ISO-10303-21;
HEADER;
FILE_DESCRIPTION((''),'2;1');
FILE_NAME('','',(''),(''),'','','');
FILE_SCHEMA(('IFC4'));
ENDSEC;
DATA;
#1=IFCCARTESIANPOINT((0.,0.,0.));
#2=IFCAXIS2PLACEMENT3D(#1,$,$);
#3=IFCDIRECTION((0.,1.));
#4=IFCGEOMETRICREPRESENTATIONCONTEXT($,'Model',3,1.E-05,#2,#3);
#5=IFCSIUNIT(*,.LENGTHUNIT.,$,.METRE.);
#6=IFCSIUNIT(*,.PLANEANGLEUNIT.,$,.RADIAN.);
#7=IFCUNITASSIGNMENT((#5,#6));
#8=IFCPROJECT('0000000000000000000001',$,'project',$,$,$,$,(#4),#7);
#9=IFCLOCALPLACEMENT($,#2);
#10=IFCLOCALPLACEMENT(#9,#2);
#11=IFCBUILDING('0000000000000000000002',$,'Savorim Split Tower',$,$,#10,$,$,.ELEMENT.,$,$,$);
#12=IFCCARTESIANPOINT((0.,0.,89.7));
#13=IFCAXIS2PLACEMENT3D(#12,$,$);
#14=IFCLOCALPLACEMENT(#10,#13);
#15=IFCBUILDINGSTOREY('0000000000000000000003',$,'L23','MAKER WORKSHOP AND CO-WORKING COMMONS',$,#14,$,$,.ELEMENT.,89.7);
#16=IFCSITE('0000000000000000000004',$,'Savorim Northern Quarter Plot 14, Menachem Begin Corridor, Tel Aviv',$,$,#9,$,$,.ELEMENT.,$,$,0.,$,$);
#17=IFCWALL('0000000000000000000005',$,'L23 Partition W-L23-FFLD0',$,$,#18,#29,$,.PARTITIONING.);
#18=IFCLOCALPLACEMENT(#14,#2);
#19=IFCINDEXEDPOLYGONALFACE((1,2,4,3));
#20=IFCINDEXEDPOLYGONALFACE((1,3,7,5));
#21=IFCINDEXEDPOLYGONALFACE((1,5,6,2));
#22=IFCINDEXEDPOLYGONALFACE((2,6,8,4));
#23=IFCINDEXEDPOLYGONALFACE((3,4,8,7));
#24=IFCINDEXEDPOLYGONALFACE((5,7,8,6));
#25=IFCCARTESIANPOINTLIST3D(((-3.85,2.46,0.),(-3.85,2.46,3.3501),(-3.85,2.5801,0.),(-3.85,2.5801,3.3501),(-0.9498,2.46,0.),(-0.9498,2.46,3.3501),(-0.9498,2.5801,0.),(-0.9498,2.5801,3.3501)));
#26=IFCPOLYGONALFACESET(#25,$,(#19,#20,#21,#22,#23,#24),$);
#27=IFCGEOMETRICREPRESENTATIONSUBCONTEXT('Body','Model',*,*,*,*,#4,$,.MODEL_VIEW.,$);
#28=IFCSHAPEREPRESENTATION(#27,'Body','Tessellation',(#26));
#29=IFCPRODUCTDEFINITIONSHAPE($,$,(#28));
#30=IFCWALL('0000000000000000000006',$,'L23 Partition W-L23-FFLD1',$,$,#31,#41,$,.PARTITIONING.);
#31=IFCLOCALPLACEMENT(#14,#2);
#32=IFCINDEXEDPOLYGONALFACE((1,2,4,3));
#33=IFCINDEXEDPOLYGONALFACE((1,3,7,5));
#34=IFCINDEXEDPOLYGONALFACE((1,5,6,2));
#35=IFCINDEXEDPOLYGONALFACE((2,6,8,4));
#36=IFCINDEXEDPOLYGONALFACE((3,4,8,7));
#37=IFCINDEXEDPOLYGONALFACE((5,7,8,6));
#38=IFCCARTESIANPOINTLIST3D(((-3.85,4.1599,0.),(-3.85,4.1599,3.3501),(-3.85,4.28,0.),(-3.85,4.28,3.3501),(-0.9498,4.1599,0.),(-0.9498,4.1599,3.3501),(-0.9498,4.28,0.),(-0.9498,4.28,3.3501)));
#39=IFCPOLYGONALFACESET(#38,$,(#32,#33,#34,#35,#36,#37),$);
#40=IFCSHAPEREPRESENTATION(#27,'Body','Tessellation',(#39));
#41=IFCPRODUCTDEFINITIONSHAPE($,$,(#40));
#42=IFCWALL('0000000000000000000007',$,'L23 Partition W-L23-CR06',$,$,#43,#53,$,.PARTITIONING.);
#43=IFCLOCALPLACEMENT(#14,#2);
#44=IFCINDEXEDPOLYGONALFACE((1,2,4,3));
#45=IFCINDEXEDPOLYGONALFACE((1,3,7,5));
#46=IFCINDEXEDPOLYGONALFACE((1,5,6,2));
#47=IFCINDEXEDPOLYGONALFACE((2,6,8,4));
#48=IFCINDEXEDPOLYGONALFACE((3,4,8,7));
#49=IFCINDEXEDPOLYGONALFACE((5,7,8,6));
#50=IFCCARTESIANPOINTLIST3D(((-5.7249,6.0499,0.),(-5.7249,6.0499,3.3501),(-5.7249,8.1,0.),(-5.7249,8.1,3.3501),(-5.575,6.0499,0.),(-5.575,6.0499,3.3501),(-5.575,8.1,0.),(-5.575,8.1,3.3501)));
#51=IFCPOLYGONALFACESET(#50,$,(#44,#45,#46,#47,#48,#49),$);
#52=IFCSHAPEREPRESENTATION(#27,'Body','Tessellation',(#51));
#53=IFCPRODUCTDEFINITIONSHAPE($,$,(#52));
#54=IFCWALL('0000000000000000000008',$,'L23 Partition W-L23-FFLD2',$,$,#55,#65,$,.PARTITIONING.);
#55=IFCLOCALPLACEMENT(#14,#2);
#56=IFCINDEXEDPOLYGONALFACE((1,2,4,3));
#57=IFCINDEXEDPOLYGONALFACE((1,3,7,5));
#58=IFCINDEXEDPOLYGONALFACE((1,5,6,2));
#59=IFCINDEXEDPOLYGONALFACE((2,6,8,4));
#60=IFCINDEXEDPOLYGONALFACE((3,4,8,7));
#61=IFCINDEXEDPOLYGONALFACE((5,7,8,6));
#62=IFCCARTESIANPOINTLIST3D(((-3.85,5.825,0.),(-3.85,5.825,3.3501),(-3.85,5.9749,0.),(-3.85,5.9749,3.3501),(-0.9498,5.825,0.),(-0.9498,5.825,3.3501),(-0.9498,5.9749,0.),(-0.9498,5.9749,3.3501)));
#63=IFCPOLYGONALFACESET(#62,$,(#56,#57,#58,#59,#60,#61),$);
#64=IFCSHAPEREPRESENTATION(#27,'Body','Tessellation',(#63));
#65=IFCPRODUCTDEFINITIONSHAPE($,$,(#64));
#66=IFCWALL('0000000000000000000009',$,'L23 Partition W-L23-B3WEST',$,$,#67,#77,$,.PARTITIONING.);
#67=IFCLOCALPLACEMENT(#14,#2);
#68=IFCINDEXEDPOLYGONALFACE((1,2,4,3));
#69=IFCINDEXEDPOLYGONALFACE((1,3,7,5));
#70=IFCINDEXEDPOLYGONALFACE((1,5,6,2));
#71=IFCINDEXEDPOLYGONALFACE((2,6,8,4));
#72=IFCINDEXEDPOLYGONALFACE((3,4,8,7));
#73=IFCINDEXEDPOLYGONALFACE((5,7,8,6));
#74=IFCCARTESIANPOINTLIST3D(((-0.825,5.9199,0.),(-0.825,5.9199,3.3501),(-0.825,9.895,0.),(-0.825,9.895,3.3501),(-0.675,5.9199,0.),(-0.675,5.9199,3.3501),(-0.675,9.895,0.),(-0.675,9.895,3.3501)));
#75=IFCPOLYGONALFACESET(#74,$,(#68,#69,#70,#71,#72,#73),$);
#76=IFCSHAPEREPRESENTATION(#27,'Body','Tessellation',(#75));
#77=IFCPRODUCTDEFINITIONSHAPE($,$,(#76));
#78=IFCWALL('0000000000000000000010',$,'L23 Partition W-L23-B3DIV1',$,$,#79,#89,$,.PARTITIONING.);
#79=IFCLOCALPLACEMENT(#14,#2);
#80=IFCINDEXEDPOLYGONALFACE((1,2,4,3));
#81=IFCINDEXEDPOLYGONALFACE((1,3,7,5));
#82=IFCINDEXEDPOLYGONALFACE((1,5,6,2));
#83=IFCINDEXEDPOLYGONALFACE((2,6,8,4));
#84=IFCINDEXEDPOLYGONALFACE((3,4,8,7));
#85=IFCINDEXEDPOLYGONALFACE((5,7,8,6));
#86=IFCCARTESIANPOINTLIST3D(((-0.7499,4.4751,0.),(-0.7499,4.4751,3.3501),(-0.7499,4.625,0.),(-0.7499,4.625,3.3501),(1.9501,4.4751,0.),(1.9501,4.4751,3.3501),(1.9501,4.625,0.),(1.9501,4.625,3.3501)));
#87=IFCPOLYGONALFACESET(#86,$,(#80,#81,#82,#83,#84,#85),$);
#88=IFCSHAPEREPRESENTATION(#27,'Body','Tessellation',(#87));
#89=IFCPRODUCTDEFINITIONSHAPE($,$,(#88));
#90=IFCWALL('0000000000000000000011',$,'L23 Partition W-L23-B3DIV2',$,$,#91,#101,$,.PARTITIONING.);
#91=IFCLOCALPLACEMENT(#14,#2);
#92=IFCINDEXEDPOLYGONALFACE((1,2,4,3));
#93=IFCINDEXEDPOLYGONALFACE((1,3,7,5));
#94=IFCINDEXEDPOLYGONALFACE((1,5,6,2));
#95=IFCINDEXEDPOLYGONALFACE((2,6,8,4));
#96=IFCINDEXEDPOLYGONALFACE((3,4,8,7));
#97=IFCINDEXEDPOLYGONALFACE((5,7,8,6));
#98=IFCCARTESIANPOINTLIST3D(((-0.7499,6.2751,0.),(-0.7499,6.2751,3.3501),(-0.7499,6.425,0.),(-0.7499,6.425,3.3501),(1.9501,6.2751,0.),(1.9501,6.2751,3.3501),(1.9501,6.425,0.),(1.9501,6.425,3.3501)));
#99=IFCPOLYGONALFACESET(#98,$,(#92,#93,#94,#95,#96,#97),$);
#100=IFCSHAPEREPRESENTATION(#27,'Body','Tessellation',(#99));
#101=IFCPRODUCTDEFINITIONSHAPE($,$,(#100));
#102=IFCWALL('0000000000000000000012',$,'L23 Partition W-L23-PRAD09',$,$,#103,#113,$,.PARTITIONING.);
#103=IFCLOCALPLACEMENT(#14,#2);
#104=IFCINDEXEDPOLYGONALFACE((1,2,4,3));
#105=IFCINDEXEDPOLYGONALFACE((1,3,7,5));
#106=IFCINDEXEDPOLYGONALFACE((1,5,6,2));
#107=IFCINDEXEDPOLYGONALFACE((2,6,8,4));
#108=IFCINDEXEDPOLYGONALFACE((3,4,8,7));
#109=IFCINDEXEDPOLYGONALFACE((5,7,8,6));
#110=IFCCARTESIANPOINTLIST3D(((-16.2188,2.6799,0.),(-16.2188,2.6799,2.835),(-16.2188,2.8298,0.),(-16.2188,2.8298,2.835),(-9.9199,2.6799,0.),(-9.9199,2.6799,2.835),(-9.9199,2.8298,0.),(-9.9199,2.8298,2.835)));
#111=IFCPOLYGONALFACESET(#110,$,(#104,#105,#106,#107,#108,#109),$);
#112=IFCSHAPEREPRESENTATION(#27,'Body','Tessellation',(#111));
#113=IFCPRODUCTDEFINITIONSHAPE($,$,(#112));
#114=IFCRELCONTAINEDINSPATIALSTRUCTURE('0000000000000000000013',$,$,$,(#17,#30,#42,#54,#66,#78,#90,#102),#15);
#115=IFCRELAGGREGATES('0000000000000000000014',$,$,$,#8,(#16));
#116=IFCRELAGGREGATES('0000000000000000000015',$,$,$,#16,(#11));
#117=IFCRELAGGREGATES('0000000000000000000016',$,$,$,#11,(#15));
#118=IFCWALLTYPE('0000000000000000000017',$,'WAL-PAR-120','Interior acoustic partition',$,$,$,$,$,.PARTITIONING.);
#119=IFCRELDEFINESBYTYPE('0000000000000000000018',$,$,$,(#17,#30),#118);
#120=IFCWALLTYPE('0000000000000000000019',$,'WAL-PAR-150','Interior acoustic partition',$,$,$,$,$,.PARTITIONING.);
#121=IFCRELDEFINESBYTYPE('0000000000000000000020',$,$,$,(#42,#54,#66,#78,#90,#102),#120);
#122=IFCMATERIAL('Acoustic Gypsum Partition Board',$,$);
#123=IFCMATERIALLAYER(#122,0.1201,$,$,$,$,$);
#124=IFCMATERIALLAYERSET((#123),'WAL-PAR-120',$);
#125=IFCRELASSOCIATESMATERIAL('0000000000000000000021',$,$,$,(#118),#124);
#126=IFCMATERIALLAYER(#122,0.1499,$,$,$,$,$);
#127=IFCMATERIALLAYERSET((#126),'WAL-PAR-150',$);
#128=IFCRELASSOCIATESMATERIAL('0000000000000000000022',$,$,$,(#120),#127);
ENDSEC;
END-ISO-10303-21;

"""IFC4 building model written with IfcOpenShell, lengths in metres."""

from ifc_helpers import new_model, si_unit, direction, frame, frame_2d, origin, place, context, subcontext, project, spatial, rectangle, extrude, material, layer, layer_set, type_object, element, save


model = new_model("IFC4")

# Units and contexts
model_context = context("Model", 3, precision=1e-05, world=origin(), true_north=direction((0.0, 1.0)))
body_context = subcontext(model_context, "Body", "Model", "MODEL_VIEW")
ifc_project = project(units=[si_unit("LENGTHUNIT", "METRE"), si_unit("PLANEANGLEUNIT", "RADIAN")], contexts=[model_context])

# Site, building, storey
site_placement = place(None, origin())
site = spatial("IfcSite", under=ifc_project, at=site_placement, Name="Savorim Northern Quarter Plot 14, Menachem Begin Corridor, Tel Aviv", CompositionType="ELEMENT", RefElevation=0.0)
building_placement = place(site_placement, origin())
building = spatial("IfcBuilding", under=site, at=building_placement, Name="Savorim Split Tower", CompositionType="ELEMENT")
storey_placement = place(building_placement, frame((0.0, 0.0, 89.7)))
storey = spatial("IfcBuildingStorey", under=building, at=storey_placement, Name="L23", Description="MAKER WORKSHOP AND CO-WORKING COMMONS", CompositionType="ELEMENT", Elevation=89.7)

# Walls
ifc_material_1 = material(Name="Acoustic Gypsum Partition Board")
ifc_layer_1 = layer(ifc_material_1, 0.1201)
ifc_layer_set_1 = layer_set([ifc_layer_1], Name="WAL-PAR-120")
wall_type_1 = type_object("IfcWallType", Name="WAL-PAR-120", Description="Interior acoustic partition", PredefinedType="PARTITIONING", material=ifc_layer_set_1)
for number, where, z_axis, x_axis, name in (
    (1, (-3.8501, 2.52, 0.0), (0.0, 0.0, 1.0), (1.0, 0.0, 0.0), "L23 Partition W-L23-FFLD0"),
    (2, (-3.8501, 4.22, 0.0), (0.0, 0.0, 1.0), (1.0, 0.0, 0.0), "L23 Partition W-L23-FFLD1"),
):
    element("IfcWall", number, at=place(storey_placement, frame(where, z_axis=z_axis, x_axis=x_axis)), inside=storey, type_object=wall_type_1, Name=name, PredefinedType="PARTITIONING", context=body_context, shape_type="SweptSolid", body=[
        extrude(rectangle(XDim=2.9001, YDim=0.1201, at=frame_2d((1.4502, 0.0))), origin(), (0.0, 0.0, 1.0), 3.3501),
    ])
ifc_layer_2 = layer(ifc_material_1, 0.1499)
ifc_layer_set_2 = layer_set([ifc_layer_2], Name="WAL-PAR-150")
wall_type_2 = type_object("IfcWallType", Name="WAL-PAR-150", Description="Interior acoustic partition", PredefinedType="PARTITIONING", material=ifc_layer_set_2)
wall_1_placement = place(storey_placement, frame((-5.6499, 6.05, 0.0), z_axis=(0.0, 0.0, 1.0), x_axis=(0.0, 1.0, 0.0)))
element("IfcWall", 3, at=wall_1_placement, inside=storey, type_object=wall_type_2, Name="L23 Partition W-L23-CR06", PredefinedType="PARTITIONING", context=body_context, shape_type="SweptSolid", body=[
    extrude(rectangle(XDim=2.05, YDim=0.1499, at=frame_2d((1.0249, 0.0))), origin(), (0.0, 0.0, 1.0), 3.3501),
])
wall_2_placement = place(storey_placement, frame((-3.8501, 5.8999, 0.0), z_axis=(0.0, 0.0, 1.0), x_axis=(1.0, 0.0, 0.0)))
element("IfcWall", 4, at=wall_2_placement, inside=storey, type_object=wall_type_2, Name="L23 Partition W-L23-FFLD2", PredefinedType="PARTITIONING", context=body_context, shape_type="SweptSolid", body=[
    extrude(rectangle(XDim=2.9001, YDim=0.1499, at=frame_2d((1.4502, 0.0))), origin(), (0.0, 0.0, 1.0), 3.3501),
])
wall_3_placement = place(storey_placement, frame((-0.75, 5.9199, 0.0), z_axis=(0.0, 0.0, 1.0), x_axis=(0.0, 1.0, 0.0)))
element("IfcWall", 5, at=wall_3_placement, inside=storey, type_object=wall_type_2, Name="L23 Partition W-L23-B3WEST", PredefinedType="PARTITIONING", context=body_context, shape_type="SweptSolid", body=[
    extrude(rectangle(XDim=3.9751, YDim=0.1499, at=frame_2d((1.9875, 0.0))), origin(), (0.0, 0.0, 1.0), 3.3501),
])
for number, where, z_axis, x_axis, name in (
    (6, (-0.75, 4.55, 0.0), (0.0, 0.0, 1.0), (1.0, 0.0, 0.0), "L23 Partition W-L23-B3DIV1"),
    (7, (-0.75, 6.3501, 0.0), (0.0, 0.0, 1.0), (1.0, 0.0, 0.0), "L23 Partition W-L23-B3DIV2"),
):
    element("IfcWall", number, at=place(storey_placement, frame(where, z_axis=z_axis, x_axis=x_axis)), inside=storey, type_object=wall_type_2, Name=name, PredefinedType="PARTITIONING", context=body_context, shape_type="SweptSolid", body=[
        extrude(rectangle(XDim=2.7, YDim=0.1499, at=frame_2d((1.3501, 0.0))), origin(), (0.0, 0.0, 1.0), 3.3501),
    ])
wall_4_placement = place(storey_placement, frame((-9.9199, 2.7549, 0.0), z_axis=(0.0, 0.0, 1.0), x_axis=(-1.0, 0.0, 0.0)))
element("IfcWall", 8, at=wall_4_placement, inside=storey, type_object=wall_type_2, Name="L23 Partition W-L23-PRAD09", PredefinedType="PARTITIONING", context=body_context, shape_type="SweptSolid", body=[
    extrude(rectangle(XDim=6.2988, YDim=0.1499, at=frame_2d((3.1494, 0.0))), origin(), (0.0, 0.0, 1.0), 2.835),
])

save(model, "model.ifc")
